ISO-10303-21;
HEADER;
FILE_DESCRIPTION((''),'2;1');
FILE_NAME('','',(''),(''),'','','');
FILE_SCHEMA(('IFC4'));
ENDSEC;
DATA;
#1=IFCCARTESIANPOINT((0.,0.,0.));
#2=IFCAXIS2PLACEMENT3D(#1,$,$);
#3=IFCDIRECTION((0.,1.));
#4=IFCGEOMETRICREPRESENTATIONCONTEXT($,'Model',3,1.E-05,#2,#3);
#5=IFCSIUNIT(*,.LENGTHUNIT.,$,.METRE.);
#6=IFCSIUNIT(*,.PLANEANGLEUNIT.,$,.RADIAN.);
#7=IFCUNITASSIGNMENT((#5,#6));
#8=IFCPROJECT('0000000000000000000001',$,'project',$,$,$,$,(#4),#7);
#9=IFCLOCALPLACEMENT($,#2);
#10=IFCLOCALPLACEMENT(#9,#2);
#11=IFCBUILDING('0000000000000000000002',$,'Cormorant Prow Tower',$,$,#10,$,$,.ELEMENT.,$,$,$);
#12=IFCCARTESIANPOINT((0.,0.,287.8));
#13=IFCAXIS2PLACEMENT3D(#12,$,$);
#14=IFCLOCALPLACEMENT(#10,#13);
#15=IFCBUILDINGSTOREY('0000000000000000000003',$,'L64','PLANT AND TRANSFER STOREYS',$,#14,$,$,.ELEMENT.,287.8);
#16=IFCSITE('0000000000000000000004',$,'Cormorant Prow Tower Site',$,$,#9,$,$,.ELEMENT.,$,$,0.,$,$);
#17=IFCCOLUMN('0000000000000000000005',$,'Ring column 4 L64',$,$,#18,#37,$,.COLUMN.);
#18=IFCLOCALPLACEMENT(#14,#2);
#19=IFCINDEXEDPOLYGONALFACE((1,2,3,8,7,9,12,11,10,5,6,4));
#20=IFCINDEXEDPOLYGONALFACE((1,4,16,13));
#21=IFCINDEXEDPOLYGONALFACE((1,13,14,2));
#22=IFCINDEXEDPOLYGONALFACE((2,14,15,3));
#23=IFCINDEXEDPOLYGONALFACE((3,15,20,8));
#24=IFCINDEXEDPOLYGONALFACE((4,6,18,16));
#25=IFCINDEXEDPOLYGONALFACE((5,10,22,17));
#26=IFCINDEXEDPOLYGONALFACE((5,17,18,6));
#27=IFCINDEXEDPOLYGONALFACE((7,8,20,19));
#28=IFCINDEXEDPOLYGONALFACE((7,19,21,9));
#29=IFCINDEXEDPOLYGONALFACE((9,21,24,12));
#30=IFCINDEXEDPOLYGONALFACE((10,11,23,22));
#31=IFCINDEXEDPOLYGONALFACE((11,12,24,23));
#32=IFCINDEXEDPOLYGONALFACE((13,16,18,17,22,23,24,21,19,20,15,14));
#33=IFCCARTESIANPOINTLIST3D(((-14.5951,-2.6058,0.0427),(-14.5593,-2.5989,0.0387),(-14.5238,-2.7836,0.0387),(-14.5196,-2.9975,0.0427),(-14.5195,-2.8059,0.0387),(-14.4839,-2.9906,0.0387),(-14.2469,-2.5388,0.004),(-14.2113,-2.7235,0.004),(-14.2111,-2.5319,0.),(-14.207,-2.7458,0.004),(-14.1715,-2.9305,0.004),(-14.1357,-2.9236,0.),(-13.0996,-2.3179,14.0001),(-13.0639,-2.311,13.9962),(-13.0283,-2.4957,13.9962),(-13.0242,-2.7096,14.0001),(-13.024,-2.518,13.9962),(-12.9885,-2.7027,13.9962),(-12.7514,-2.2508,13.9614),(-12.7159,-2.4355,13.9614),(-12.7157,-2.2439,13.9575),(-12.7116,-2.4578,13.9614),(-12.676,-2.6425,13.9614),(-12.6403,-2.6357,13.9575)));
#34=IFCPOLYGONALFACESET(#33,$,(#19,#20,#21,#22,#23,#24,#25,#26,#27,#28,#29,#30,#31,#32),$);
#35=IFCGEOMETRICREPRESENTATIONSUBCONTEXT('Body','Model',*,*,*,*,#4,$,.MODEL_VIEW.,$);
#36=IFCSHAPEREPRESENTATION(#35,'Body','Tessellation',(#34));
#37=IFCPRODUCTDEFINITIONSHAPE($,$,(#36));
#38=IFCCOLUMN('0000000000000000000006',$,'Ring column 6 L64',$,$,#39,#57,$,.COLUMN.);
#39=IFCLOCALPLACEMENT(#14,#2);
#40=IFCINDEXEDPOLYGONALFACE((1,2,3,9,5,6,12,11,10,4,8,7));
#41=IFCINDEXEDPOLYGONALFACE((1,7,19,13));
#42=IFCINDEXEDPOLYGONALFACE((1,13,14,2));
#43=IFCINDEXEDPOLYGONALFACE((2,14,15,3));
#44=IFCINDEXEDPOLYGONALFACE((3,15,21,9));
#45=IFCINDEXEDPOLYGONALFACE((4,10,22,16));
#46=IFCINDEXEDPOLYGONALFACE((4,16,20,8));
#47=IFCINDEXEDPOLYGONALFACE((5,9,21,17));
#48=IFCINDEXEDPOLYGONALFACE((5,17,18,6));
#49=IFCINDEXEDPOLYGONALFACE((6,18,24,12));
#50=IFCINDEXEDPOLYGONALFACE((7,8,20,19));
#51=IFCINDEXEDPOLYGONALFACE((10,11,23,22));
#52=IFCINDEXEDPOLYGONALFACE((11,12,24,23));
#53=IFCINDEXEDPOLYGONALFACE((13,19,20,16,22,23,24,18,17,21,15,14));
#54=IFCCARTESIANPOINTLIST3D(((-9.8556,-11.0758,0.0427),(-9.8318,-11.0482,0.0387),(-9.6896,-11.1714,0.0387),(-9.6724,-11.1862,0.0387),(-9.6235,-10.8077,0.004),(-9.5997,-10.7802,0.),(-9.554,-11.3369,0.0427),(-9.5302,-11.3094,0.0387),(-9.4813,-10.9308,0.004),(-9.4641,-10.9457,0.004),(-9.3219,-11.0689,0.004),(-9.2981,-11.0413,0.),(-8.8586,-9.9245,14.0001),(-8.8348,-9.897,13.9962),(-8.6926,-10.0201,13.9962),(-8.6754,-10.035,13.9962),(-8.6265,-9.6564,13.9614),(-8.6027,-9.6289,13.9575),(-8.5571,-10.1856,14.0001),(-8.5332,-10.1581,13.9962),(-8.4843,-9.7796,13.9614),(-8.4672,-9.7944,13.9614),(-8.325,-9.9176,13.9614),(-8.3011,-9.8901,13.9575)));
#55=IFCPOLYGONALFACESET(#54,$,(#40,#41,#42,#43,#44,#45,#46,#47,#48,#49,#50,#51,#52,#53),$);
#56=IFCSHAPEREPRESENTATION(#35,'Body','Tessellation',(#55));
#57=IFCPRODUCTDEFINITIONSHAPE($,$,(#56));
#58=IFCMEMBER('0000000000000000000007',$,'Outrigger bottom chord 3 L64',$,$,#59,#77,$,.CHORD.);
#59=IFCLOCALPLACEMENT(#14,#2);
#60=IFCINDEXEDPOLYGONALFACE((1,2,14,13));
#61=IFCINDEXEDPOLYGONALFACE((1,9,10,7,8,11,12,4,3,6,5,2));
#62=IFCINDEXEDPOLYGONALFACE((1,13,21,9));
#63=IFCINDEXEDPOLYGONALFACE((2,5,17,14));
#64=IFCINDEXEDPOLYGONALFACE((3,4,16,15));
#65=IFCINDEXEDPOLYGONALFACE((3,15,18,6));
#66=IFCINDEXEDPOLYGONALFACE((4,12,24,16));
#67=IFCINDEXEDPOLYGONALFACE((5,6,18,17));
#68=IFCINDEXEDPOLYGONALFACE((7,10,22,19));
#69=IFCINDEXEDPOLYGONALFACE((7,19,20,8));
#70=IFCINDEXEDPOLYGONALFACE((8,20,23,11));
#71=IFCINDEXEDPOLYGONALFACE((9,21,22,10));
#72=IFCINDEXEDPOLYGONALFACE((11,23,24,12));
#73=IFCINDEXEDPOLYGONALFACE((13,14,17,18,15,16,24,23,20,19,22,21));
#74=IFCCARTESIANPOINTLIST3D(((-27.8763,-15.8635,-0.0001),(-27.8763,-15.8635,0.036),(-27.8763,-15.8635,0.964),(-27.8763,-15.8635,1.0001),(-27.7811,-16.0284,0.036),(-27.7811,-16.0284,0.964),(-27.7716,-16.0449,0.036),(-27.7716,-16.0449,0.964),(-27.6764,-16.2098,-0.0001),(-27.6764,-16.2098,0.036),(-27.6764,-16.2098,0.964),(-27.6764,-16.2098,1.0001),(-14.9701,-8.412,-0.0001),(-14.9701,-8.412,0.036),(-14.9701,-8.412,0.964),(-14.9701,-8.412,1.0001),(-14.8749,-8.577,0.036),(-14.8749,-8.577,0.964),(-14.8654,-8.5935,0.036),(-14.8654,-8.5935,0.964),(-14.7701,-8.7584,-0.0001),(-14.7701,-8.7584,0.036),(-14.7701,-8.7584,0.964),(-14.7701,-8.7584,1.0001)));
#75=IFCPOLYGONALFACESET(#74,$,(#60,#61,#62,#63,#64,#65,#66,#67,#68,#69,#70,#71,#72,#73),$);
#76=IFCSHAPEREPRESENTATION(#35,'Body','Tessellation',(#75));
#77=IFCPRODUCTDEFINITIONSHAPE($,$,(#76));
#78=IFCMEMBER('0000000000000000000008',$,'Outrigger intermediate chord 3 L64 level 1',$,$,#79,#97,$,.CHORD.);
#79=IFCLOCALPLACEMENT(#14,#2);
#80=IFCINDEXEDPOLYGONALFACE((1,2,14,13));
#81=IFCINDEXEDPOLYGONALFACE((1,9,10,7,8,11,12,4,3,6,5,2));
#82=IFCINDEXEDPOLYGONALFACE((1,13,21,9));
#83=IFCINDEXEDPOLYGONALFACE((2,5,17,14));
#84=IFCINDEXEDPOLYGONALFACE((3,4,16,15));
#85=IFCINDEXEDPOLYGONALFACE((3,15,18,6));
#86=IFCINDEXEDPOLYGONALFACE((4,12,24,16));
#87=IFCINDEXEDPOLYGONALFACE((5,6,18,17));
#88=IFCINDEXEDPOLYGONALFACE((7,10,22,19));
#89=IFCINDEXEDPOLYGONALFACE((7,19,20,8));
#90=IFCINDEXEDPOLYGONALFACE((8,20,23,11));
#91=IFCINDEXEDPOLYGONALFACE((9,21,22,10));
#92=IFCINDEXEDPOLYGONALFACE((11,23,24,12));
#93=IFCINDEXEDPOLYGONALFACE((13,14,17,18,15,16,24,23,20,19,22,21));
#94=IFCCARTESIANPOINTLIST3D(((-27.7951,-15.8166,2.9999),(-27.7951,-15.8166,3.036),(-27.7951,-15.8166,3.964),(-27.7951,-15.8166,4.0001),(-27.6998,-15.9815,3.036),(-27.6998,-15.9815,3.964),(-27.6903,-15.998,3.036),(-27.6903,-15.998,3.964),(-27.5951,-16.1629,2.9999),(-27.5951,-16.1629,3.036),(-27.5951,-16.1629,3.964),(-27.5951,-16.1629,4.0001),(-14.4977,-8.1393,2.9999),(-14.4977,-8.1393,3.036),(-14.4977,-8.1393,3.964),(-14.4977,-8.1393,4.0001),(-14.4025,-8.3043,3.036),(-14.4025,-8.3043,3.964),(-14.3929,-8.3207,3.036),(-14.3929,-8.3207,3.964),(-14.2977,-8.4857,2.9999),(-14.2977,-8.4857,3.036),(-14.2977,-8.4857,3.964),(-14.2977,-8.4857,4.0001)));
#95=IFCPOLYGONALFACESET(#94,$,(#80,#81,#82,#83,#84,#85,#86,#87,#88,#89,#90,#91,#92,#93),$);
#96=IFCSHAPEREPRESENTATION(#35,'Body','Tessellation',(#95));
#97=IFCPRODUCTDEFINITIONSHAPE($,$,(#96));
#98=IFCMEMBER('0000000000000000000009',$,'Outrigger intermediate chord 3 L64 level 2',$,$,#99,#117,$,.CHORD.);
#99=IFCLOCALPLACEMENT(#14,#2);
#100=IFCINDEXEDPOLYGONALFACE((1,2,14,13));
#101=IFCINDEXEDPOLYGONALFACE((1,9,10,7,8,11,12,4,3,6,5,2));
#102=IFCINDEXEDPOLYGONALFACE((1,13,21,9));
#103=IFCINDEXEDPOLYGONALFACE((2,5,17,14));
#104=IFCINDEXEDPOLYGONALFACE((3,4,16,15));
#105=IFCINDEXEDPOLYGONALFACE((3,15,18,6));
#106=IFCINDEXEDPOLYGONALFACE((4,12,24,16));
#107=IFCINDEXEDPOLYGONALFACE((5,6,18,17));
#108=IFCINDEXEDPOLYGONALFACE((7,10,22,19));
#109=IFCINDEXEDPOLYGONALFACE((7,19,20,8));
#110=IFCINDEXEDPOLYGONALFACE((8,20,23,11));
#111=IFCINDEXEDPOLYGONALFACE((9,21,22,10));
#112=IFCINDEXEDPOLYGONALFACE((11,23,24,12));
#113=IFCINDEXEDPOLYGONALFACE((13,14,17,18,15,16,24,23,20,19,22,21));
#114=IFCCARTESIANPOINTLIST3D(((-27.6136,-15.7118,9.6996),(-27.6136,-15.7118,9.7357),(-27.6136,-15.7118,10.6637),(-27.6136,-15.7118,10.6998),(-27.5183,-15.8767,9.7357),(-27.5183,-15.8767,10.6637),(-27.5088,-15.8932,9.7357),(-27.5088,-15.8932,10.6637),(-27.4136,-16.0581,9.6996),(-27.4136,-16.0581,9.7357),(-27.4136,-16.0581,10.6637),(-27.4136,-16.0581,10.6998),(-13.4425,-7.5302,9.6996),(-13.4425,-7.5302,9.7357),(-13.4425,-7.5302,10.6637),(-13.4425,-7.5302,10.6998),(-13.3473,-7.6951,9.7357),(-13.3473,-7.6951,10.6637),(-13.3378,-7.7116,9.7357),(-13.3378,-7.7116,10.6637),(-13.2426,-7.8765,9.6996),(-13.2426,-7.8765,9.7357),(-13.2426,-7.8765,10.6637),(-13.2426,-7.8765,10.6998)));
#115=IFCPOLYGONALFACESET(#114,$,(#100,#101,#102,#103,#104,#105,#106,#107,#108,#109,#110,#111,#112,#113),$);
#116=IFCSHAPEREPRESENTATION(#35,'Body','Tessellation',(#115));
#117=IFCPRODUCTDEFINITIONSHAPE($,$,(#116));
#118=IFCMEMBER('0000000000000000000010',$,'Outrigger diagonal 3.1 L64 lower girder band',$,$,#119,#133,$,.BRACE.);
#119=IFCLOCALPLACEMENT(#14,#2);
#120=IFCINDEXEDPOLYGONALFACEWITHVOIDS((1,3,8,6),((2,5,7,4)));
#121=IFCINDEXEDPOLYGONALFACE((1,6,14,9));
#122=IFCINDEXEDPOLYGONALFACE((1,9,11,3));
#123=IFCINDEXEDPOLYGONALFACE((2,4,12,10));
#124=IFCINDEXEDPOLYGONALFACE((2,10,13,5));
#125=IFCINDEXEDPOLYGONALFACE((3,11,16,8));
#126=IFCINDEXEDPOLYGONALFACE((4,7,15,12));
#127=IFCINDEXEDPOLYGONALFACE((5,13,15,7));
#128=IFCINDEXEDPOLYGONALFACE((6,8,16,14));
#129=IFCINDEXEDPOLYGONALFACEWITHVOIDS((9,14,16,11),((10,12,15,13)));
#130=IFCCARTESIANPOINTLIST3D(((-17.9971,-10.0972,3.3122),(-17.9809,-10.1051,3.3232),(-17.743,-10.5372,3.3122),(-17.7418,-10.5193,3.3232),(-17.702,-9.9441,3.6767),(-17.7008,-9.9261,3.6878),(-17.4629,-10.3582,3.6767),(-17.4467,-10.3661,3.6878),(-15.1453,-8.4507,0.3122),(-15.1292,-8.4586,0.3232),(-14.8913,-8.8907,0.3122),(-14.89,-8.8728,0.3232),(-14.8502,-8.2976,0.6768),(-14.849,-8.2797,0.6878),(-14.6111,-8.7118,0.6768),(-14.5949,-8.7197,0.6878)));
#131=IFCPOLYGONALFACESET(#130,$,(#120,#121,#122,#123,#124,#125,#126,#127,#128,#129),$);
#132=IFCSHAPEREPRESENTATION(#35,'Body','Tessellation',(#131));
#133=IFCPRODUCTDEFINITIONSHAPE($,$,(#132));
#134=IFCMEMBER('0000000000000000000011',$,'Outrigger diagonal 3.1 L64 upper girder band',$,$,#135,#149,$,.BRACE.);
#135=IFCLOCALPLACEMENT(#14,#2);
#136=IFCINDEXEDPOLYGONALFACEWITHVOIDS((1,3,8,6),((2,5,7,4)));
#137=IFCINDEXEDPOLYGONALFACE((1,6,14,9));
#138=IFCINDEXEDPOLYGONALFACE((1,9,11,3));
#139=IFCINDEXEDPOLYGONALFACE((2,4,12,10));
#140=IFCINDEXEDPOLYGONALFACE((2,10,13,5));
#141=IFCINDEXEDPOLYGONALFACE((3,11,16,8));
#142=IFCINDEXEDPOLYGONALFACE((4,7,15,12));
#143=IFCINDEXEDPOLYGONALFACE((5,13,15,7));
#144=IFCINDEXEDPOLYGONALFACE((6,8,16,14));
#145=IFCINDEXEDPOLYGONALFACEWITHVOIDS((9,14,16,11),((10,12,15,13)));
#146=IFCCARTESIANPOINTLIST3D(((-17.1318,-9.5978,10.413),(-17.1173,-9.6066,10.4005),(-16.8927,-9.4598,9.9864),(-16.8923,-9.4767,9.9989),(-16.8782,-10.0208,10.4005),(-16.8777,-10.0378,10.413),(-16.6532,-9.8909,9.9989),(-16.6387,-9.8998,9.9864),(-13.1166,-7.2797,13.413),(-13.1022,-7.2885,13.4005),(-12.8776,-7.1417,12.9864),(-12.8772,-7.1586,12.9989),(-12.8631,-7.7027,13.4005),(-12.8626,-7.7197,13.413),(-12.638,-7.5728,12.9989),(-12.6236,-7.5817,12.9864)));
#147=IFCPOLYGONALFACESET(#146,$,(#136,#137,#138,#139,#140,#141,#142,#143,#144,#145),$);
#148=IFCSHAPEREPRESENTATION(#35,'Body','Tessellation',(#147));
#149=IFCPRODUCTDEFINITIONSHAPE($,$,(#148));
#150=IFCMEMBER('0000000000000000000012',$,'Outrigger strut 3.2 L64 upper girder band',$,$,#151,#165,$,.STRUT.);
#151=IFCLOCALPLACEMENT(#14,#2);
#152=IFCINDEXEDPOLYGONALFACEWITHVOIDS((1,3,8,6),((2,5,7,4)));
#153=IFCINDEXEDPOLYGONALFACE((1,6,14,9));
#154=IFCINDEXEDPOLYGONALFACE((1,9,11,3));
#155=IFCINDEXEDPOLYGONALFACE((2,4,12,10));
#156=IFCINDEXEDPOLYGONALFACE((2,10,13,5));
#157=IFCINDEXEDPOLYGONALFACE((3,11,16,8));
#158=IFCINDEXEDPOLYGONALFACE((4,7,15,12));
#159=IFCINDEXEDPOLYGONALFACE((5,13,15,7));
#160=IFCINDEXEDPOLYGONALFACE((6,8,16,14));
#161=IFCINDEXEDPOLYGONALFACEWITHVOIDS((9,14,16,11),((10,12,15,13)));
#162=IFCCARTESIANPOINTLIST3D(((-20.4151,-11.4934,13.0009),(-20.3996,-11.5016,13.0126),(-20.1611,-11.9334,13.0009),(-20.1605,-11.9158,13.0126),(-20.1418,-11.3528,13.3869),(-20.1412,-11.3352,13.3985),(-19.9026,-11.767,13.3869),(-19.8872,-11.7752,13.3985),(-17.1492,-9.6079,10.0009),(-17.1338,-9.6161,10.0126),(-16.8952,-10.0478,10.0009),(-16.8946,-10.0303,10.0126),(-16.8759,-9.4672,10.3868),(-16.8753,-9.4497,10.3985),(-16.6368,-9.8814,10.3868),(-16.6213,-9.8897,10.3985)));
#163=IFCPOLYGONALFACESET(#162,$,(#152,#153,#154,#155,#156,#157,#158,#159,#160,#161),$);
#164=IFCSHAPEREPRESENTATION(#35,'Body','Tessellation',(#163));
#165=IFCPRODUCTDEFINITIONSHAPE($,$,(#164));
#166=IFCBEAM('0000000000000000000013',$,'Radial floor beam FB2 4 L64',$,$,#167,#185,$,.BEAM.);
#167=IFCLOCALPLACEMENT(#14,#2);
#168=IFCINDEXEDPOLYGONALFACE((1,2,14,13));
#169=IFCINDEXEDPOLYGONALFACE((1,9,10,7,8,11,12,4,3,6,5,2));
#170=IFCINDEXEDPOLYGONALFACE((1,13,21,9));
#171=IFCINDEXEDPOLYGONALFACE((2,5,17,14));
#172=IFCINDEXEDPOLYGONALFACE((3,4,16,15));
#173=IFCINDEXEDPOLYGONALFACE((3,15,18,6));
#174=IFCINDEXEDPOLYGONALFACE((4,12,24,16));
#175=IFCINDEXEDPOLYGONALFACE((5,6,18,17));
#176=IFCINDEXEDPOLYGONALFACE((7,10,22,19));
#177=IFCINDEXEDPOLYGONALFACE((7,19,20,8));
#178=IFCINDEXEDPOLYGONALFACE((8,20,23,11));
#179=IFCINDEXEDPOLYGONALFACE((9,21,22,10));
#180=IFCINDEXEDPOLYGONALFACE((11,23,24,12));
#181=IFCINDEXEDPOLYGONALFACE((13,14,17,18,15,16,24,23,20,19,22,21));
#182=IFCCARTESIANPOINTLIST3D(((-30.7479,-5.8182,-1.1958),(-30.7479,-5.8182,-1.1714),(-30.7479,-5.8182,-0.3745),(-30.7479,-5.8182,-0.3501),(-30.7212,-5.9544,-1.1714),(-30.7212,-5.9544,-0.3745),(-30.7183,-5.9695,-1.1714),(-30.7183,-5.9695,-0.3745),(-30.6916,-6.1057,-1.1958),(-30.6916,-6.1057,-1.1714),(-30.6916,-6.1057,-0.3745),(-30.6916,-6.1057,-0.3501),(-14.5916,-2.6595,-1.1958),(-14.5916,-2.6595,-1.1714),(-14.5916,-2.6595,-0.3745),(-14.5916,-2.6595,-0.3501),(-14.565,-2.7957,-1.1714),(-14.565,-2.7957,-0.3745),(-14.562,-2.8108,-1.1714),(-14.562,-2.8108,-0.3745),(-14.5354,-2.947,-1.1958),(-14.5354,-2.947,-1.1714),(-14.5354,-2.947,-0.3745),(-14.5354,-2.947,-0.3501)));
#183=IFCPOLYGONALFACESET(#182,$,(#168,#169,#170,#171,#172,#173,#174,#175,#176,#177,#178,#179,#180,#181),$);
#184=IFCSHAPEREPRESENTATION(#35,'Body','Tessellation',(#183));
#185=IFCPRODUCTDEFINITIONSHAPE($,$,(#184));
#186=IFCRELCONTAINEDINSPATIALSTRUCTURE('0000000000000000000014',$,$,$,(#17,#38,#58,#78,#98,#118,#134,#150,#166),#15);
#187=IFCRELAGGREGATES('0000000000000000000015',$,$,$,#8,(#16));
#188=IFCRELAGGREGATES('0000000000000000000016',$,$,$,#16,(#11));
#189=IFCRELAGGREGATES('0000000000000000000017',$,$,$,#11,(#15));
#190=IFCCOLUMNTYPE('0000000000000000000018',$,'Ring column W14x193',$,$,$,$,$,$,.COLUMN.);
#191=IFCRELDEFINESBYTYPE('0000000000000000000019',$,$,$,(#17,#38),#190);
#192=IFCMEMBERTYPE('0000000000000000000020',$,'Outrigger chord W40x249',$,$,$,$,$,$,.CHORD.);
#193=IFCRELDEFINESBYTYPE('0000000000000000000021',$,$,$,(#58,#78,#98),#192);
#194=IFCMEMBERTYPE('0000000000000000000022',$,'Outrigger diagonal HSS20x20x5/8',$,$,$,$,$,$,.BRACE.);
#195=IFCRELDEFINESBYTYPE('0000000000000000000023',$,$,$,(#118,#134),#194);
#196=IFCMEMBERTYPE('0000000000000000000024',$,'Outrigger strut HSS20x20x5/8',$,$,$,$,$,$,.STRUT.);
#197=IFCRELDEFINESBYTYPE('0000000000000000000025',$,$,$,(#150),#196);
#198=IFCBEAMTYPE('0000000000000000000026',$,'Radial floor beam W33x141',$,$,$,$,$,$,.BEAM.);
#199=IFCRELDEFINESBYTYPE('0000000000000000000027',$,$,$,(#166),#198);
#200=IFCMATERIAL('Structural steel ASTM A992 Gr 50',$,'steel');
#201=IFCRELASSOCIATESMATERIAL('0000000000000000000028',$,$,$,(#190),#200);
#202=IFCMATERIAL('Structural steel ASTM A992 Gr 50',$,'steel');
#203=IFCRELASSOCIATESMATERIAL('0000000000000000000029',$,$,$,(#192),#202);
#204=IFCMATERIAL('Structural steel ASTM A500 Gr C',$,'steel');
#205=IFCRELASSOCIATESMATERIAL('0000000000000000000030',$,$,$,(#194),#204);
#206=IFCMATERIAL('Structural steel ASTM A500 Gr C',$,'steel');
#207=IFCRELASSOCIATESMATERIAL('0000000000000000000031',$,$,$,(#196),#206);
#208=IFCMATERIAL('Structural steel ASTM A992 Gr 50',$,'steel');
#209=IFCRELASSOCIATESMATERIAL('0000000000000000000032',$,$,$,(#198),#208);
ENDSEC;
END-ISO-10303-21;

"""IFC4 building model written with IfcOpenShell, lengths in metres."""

from ifc_helpers import new_model, si_unit, direction, frame, origin, origin_2d, place, context, subcontext, project, spatial, hollow_rectangle, i_section, extrude, material, material_profile, profile_set, type_object, element, save


model = new_model("IFC4")

# Units and contexts
model_context = context("Model", 3, precision=1e-05, world=origin(), true_north=direction((0.0, 1.0)))
body_context = subcontext(model_context, "Body", "Model", "MODEL_VIEW")
ifc_project = project(units=[si_unit("LENGTHUNIT", "METRE"), si_unit("PLANEANGLEUNIT", "RADIAN")], contexts=[model_context])

# Site, building, storey
site_placement = place(None, origin())
site = spatial("IfcSite", under=ifc_project, at=site_placement, Name="Cormorant Prow Tower Site", CompositionType="ELEMENT", RefElevation=0.0)
building_placement = place(site_placement, origin())
building = spatial("IfcBuilding", under=site, at=building_placement, Name="Cormorant Prow Tower", CompositionType="ELEMENT")
storey_placement = place(building_placement, frame((0.0, 0.0, 287.8)))
storey = spatial("IfcBuildingStorey", under=building, at=storey_placement, Name="L64", Description="PLANT AND TRANSFER STOREYS", CompositionType="ELEMENT", Elevation=287.8)

# Columns
ifc_material_1 = material(Name="Structural steel ASTM A992 Gr 50", Category="steel")
ifc_material_profile_1 = material_profile(ifc_material_1, i_section(OverallWidth=0.3989, OverallDepth=0.3933, WebThickness=0.0227, FlangeThickness=0.0366, at=origin_2d()), Name="W14x193")
ifc_profile_set_1 = profile_set([ifc_material_profile_1], Name="Structural steel ASTM A992 Gr 50")
column_type = type_object("IfcColumnType", Name="Ring column W14x193", PredefinedType="COLUMN", material=ifc_profile_set_1)
for number, where, z_axis, x_axis, name in (
    (1, (-14.3677, -2.7651, 0.0), (0.106511, 0.020508, 0.9941), (-0.189073, 0.981963, 0.0), "Ring column 4 L64"),
    (2, (-9.5784, -11.0603, 0.0), (0.071007, 0.081998, 0.9941), (-0.755953, 0.654626, 0.0), "Ring column 6 L64"),
):
    element("IfcColumn", number, at=place(storey_placement, frame(where, z_axis=z_axis, x_axis=x_axis)), inside=storey, type_object=column_type, Name=name, PredefinedType="COLUMN", context=body_context, shape_type="SweptSolid", body=[
        extrude(i_section(OverallWidth=0.3989, OverallDepth=0.3933, WebThickness=0.0227, FlangeThickness=0.0366, at=origin_2d()), frame((0.0, 0.0, 0.0215)), (0.0, 0.0, 1.0), 14.0403),
    ])

# Members
ifc_material_2 = material(Name="Structural steel ASTM A992 Gr 50", Category="steel")
ifc_material_profile_2 = material_profile(ifc_material_2, i_section(OverallWidth=0.3999, OverallDepth=1.0002, WebThickness=0.019, FlangeThickness=0.0361, at=origin_2d()), Name="W40x249")
ifc_profile_set_2 = profile_set([ifc_material_profile_2], Name="Structural steel ASTM A992 Gr 50")
member_type_1 = type_object("IfcMemberType", Name="Outrigger chord W40x249", PredefinedType="CHORD", material=ifc_profile_set_2)
member_1_placement = place(storey_placement, frame((-14.8701, -8.5852, 0.5), z_axis=(-0.866026, -0.499999, 0.0), x_axis=(0.499999, -0.866026, 0.0)))
element("IfcMember", 3, at=member_1_placement, inside=storey, type_object=member_type_1, Name="Outrigger bottom chord 3 L64", PredefinedType="CHORD", context=body_context, shape_type="SweptSolid", body=[
    extrude(i_section(OverallWidth=0.3999, OverallDepth=1.0002, WebThickness=0.019, FlangeThickness=0.0361, at=origin_2d()), origin(), (0.0, 0.0, 1.0), 14.9028),
])
member_2_placement = place(storey_placement, frame((-14.3977, -8.3125, 3.5), z_axis=(-0.866025, -0.5, 0.0), x_axis=(0.5, -0.866025, 0.0)))
element("IfcMember", 4, at=member_2_placement, inside=storey, type_object=member_type_1, Name="Outrigger intermediate chord 3 L64 level 1", PredefinedType="CHORD", context=body_context, shape_type="SweptSolid", body=[
    extrude(i_section(OverallWidth=0.3999, OverallDepth=1.0002, WebThickness=0.019, FlangeThickness=0.0361, at=origin_2d()), origin(), (0.0, 0.0, 1.0), 15.3545),
])
member_3_placement = place(storey_placement, frame((-13.3425, -7.7034, 10.1997), z_axis=(-0.866027, -0.499997, 0.0), x_axis=(0.499997, -0.866027, 0.0)))
element("IfcMember", 5, at=member_3_placement, inside=storey, type_object=member_type_1, Name="Outrigger intermediate chord 3 L64 level 2", PredefinedType="CHORD", context=body_context, shape_type="SweptSolid", body=[
    extrude(i_section(OverallWidth=0.3999, OverallDepth=1.0002, WebThickness=0.019, FlangeThickness=0.0361, at=origin_2d()), origin(), (0.0, 0.0, 1.0), 16.3633),
])
ifc_material_3 = material(Name="Structural steel ASTM A500 Gr C", Category="steel")
ifc_material_profile_3 = material_profile(ifc_material_3, hollow_rectangle(XDim=0.5081, YDim=0.5081, WallThickness=0.0149, at=origin_2d()), Name="HSS20x20x5/8")
ifc_profile_set_3 = profile_set([ifc_material_profile_3], Name="Structural steel ASTM A500 Gr C")
member_type_2 = type_object("IfcMemberType", Name="Outrigger diagonal HSS20x20x5/8", PredefinedType="BRACE", material=ifc_profile_set_3)
member_4_placement = place(storey_placement, frame((-14.8701, -8.5852, 0.5), z_axis=(-0.64019, -0.369612, 0.673457), x_axis=(0.499998, -0.866026, 0.0)))
element("IfcMember", 6, at=member_4_placement, inside=storey, type_object=member_type_2, Name="Outrigger diagonal 3.1 L64 lower girder band", PredefinedType="BRACE", context=body_context, shape_type="SweptSolid", body=[
    extrude(hollow_rectangle(XDim=0.5081, YDim=0.5081, WallThickness=0.0149, at=origin_2d()), origin(), (0.0, 0.0, 1.0), 4.4546),
])
member_5_placement = place(storey_placement, frame((-12.8701, -7.4307, 13.1997), z_axis=(-0.727087, -0.419779, -0.543259), x_axis=(0.499996, -0.866028, 0.0)))
element("IfcMember", 7, at=member_5_placement, inside=storey, type_object=member_type_2, Name="Outrigger diagonal 3.1 L64 upper girder band", PredefinedType="BRACE", context=body_context, shape_type="SweptSolid", body=[
    extrude(hollow_rectangle(XDim=0.5081, YDim=0.5081, WallThickness=0.0149, at=origin_2d()), origin(), (0.0, 0.0, 1.0), 5.5222),
])
ifc_material_4 = material(Name="Structural steel ASTM A500 Gr C", Category="steel")
ifc_material_profile_4 = material_profile(ifc_material_4, hollow_rectangle(XDim=0.5081, YDim=0.5081, WallThickness=0.0149, at=origin_2d()), Name="HSS20x20x5/8")
ifc_profile_set_4 = profile_set([ifc_material_profile_4], Name="Structural steel ASTM A500 Gr C")
member_type_3 = type_object("IfcMemberType", Name="Outrigger strut HSS20x20x5/8", PredefinedType="STRUT", material=ifc_profile_set_4)
member_6_placement = place(storey_placement, frame((-16.8853, -9.7488, 10.1997), z_axis=(-0.677732, -0.391278, 0.622559), x_axis=(0.49999, -0.866031, 0.0)))
element("IfcMember", 8, at=member_6_placement, inside=storey, type_object=member_type_3, Name="Outrigger strut 3.2 L64 upper girder band", PredefinedType="STRUT", context=body_context, shape_type="SweptSolid", body=[
    extrude(hollow_rectangle(XDim=0.5081, YDim=0.5081, WallThickness=0.0149, at=origin_2d()), origin(), (0.0, 0.0, 1.0), 4.8188),
])

# Beam
ifc_material_5 = material(Name="Structural steel ASTM A992 Gr 50", Category="steel")
ifc_material_profile_5 = material_profile(ifc_material_5, i_section(OverallWidth=0.293, OverallDepth=0.8457, WebThickness=0.0154, FlangeThickness=0.0244, at=origin_2d()), Name="W33x141")
ifc_profile_set_5 = profile_set([ifc_material_profile_5], Name="Structural steel ASTM A992 Gr 50")
beam_type = type_object("IfcBeamType", Name="Radial floor beam W33x141", PredefinedType="BEAM", material=ifc_profile_set_5)
beam_1_placement = place(storey_placement, frame((-14.5635, -2.8032, -0.7729), z_axis=(-0.981419, -0.191876, 0.0), x_axis=(0.191876, -0.981419, 0.0)))
element("IfcBeam", 9, at=beam_1_placement, inside=storey, type_object=beam_type, Name="Radial floor beam FB2 4 L64", PredefinedType="BEAM", context=body_context, shape_type="SweptSolid", body=[
    extrude(i_section(OverallWidth=0.293, OverallDepth=0.8457, WebThickness=0.0154, FlangeThickness=0.0244, at=origin_2d()), origin(), (0.0, 0.0, 1.0), 16.4622),
])

save(model, "model.ifc")
